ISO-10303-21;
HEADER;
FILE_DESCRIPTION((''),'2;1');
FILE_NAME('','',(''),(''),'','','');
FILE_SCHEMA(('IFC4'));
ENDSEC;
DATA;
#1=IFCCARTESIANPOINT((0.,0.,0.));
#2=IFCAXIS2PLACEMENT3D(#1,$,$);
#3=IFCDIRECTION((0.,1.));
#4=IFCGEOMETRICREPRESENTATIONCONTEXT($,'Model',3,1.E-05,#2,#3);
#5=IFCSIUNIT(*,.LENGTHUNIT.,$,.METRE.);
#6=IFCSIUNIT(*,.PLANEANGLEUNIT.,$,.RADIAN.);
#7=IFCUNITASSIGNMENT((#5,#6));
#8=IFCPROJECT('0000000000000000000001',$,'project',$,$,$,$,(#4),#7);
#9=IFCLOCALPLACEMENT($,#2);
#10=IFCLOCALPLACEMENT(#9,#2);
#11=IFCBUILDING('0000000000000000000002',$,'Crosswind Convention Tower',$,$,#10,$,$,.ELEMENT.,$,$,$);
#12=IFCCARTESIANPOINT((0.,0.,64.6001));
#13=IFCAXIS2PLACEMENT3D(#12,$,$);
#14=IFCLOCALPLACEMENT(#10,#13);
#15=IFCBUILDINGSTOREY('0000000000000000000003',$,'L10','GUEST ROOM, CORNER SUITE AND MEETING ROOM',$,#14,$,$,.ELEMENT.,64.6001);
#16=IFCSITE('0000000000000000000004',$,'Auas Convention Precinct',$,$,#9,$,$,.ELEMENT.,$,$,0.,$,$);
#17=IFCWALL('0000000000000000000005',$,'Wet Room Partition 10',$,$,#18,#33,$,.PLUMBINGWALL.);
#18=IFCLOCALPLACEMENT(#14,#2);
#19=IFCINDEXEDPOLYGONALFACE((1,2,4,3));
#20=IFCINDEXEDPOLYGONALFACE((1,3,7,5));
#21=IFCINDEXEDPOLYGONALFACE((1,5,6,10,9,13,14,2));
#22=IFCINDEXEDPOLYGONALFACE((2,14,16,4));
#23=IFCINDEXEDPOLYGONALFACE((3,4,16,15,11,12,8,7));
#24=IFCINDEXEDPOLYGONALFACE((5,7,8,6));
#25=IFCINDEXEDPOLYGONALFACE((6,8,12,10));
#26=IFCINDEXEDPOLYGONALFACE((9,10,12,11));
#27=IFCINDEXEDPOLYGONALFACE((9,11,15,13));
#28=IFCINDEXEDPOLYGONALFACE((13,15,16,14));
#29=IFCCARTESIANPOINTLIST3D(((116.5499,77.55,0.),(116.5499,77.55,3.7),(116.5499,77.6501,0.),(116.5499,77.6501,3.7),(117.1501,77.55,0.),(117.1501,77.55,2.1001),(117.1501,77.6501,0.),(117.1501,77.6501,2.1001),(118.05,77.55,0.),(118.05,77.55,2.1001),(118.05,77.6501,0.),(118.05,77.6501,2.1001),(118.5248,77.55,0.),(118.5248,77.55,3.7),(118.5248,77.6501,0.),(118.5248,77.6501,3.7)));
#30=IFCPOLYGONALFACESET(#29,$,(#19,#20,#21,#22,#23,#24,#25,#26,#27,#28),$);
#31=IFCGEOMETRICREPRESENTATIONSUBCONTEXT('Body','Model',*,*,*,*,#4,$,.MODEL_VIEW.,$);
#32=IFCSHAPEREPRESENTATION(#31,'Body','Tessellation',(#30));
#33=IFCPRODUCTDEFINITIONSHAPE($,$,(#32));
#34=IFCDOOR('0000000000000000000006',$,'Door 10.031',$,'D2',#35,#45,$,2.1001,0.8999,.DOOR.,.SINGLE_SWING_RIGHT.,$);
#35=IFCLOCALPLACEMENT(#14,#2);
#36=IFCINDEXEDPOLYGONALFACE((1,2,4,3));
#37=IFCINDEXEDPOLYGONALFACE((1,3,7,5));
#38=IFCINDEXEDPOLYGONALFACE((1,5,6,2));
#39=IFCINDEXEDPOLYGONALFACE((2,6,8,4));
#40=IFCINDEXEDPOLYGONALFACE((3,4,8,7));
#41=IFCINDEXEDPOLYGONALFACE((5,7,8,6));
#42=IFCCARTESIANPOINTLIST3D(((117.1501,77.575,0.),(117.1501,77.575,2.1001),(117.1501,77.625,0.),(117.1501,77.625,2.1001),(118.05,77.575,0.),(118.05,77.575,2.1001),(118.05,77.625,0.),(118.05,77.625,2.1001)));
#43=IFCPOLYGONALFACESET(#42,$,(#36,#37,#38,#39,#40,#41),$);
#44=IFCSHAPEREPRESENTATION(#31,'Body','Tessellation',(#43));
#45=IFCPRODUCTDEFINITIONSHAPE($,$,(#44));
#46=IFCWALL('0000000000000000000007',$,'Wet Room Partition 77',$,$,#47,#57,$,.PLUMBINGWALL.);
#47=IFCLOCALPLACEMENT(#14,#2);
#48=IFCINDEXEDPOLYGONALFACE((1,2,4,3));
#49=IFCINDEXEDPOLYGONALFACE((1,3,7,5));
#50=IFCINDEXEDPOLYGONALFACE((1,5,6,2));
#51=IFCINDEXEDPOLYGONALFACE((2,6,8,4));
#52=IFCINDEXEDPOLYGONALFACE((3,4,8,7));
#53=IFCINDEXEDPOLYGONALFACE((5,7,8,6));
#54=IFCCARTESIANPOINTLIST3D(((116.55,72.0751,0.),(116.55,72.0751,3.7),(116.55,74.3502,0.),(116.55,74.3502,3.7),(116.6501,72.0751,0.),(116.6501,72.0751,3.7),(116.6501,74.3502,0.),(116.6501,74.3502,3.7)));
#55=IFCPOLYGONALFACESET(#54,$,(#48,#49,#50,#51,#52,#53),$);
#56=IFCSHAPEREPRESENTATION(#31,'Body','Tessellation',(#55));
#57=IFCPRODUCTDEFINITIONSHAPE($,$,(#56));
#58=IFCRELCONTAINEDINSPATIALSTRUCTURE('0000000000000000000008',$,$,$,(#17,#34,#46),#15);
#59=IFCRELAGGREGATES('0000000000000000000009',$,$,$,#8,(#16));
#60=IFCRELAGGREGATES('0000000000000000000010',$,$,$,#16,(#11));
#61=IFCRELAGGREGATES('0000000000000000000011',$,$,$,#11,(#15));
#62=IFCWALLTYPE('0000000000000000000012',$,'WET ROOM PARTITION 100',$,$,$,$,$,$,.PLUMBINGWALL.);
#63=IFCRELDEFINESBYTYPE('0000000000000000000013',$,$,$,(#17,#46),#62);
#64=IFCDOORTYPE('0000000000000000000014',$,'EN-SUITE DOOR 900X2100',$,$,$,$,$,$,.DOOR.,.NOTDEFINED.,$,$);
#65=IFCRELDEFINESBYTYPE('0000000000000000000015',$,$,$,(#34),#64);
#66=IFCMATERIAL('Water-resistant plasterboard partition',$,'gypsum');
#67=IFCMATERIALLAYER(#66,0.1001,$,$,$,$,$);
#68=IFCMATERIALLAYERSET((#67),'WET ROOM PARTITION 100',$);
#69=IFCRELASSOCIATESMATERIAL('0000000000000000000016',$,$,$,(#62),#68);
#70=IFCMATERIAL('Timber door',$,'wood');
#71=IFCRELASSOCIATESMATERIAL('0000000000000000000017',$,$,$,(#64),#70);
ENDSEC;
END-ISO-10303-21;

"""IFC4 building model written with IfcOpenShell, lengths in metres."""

from ifc_helpers import new_model, si_unit, direction, frame, frame_2d, origin, place, context, subcontext, project, spatial, rectangle, extrude, material, layer, layer_set, type_object, element, fill, save


model = new_model("IFC4")

# Units and contexts
model_context = context("Model", 3, precision=1e-05, world=origin(), true_north=direction((0.0, 1.0)))
body_context = subcontext(model_context, "Body", "Model", "MODEL_VIEW")
ifc_project = project(units=[si_unit("LENGTHUNIT", "METRE"), si_unit("PLANEANGLEUNIT", "RADIAN")], contexts=[model_context])

# Site, building, storey
site_placement = place(None, origin())
site = spatial("IfcSite", under=ifc_project, at=site_placement, Name="Auas Convention Precinct", CompositionType="ELEMENT", RefElevation=0.0)
building_placement = place(site_placement, origin())
building = spatial("IfcBuilding", under=site, at=building_placement, Name="Crosswind Convention Tower", CompositionType="ELEMENT")
storey_placement = place(building_placement, frame((0.0, 0.0, 64.6001)))
storey = spatial("IfcBuildingStorey", under=building, at=storey_placement, Name="L10", Description="GUEST ROOM, CORNER SUITE AND MEETING ROOM", CompositionType="ELEMENT", Elevation=64.6001)

# Wall, opening, door
ifc_material_1 = material(Name="Water-resistant plasterboard partition", Category="gypsum")
ifc_layer_1 = layer(ifc_material_1, 0.1001)
ifc_layer_set_1 = layer_set([ifc_layer_1], Name="WET ROOM PARTITION 100")
wall_type_1 = type_object("IfcWallType", Name="WET ROOM PARTITION 100", PredefinedType="PLUMBINGWALL", material=ifc_layer_set_1)
ifc_material_2 = material(Name="Timber door", Category="wood")
door_type_1 = type_object("IfcDoorType", Name="EN-SUITE DOOR 900X2100", OperationType="NOTDEFINED", PredefinedType="DOOR", material=ifc_material_2)
wall_1_placement = place(storey_placement, frame((116.55, 77.6001, 0.0), z_axis=(0.0, 0.0, 1.0), x_axis=(1.0, 0.0, 0.0)))
wall_1 = element("IfcWall", 1, at=wall_1_placement, inside=storey, type_object=wall_type_1, Name="Wet Room Partition 10", PredefinedType="PLUMBINGWALL", context=body_context, shape_type="SweptSolid", body=[
    extrude(rectangle(XDim=1.9749, YDim=0.1001, at=frame_2d((0.9873, 0.0))), origin(), (0.0, 0.0, 1.0), 3.7),
])
opening_1_placement = place(wall_1_placement, frame((0.6001, 0.0, 0.0)))
opening_1 = element("IfcOpeningElement", 2, at=opening_1_placement, cuts=wall_1, PredefinedType="OPENING", context=body_context, shape_type="SweptSolid", body=[
    extrude(rectangle(XDim=0.8999, YDim=2.1001, at=frame_2d((0.45, 1.05))), frame((0.0, 0.0601, 0.0), z_axis=(0.0, -1.0, 0.0), x_axis=(1.0, 0.0, 0.0)), (0.0, 0.0, 1.0), 0.1201),
])
door_1_placement = place(opening_1_placement, origin())
door_1 = element("IfcDoor", 3, at=door_1_placement, inside=storey, type_object=door_type_1, Name="Door 10.031", ObjectType="D2", OperationType="SINGLE_SWING_RIGHT", OverallHeight=2.1001, OverallWidth=0.8999, PredefinedType="DOOR", context=body_context, shape_type="SweptSolid", body=[
    extrude(rectangle(XDim=0.8999, YDim=2.1001, at=frame_2d((0.45, 1.05))), frame((0.0, 0.0249, 0.0), z_axis=(0.0, -1.0, 0.0), x_axis=(1.0, 0.0, 0.0)), (0.0, 0.0, 1.0), 0.05),
])
fill(opening_1, door_1)

# Wall
wall_2_placement = place(storey_placement, frame((116.6001, 72.075, 0.0), z_axis=(0.0, 0.0, 1.0), x_axis=(0.0, 1.0, 0.0)))
element("IfcWall", 4, at=wall_2_placement, inside=storey, type_object=wall_type_1, Name="Wet Room Partition 77", PredefinedType="PLUMBINGWALL", context=body_context, shape_type="SweptSolid", body=[
    extrude(rectangle(XDim=2.2751, YDim=0.1001, at=frame_2d((1.1377, 0.0))), origin(), (0.0, 0.0, 1.0), 3.7),
])

save(model, "model.ifc")
